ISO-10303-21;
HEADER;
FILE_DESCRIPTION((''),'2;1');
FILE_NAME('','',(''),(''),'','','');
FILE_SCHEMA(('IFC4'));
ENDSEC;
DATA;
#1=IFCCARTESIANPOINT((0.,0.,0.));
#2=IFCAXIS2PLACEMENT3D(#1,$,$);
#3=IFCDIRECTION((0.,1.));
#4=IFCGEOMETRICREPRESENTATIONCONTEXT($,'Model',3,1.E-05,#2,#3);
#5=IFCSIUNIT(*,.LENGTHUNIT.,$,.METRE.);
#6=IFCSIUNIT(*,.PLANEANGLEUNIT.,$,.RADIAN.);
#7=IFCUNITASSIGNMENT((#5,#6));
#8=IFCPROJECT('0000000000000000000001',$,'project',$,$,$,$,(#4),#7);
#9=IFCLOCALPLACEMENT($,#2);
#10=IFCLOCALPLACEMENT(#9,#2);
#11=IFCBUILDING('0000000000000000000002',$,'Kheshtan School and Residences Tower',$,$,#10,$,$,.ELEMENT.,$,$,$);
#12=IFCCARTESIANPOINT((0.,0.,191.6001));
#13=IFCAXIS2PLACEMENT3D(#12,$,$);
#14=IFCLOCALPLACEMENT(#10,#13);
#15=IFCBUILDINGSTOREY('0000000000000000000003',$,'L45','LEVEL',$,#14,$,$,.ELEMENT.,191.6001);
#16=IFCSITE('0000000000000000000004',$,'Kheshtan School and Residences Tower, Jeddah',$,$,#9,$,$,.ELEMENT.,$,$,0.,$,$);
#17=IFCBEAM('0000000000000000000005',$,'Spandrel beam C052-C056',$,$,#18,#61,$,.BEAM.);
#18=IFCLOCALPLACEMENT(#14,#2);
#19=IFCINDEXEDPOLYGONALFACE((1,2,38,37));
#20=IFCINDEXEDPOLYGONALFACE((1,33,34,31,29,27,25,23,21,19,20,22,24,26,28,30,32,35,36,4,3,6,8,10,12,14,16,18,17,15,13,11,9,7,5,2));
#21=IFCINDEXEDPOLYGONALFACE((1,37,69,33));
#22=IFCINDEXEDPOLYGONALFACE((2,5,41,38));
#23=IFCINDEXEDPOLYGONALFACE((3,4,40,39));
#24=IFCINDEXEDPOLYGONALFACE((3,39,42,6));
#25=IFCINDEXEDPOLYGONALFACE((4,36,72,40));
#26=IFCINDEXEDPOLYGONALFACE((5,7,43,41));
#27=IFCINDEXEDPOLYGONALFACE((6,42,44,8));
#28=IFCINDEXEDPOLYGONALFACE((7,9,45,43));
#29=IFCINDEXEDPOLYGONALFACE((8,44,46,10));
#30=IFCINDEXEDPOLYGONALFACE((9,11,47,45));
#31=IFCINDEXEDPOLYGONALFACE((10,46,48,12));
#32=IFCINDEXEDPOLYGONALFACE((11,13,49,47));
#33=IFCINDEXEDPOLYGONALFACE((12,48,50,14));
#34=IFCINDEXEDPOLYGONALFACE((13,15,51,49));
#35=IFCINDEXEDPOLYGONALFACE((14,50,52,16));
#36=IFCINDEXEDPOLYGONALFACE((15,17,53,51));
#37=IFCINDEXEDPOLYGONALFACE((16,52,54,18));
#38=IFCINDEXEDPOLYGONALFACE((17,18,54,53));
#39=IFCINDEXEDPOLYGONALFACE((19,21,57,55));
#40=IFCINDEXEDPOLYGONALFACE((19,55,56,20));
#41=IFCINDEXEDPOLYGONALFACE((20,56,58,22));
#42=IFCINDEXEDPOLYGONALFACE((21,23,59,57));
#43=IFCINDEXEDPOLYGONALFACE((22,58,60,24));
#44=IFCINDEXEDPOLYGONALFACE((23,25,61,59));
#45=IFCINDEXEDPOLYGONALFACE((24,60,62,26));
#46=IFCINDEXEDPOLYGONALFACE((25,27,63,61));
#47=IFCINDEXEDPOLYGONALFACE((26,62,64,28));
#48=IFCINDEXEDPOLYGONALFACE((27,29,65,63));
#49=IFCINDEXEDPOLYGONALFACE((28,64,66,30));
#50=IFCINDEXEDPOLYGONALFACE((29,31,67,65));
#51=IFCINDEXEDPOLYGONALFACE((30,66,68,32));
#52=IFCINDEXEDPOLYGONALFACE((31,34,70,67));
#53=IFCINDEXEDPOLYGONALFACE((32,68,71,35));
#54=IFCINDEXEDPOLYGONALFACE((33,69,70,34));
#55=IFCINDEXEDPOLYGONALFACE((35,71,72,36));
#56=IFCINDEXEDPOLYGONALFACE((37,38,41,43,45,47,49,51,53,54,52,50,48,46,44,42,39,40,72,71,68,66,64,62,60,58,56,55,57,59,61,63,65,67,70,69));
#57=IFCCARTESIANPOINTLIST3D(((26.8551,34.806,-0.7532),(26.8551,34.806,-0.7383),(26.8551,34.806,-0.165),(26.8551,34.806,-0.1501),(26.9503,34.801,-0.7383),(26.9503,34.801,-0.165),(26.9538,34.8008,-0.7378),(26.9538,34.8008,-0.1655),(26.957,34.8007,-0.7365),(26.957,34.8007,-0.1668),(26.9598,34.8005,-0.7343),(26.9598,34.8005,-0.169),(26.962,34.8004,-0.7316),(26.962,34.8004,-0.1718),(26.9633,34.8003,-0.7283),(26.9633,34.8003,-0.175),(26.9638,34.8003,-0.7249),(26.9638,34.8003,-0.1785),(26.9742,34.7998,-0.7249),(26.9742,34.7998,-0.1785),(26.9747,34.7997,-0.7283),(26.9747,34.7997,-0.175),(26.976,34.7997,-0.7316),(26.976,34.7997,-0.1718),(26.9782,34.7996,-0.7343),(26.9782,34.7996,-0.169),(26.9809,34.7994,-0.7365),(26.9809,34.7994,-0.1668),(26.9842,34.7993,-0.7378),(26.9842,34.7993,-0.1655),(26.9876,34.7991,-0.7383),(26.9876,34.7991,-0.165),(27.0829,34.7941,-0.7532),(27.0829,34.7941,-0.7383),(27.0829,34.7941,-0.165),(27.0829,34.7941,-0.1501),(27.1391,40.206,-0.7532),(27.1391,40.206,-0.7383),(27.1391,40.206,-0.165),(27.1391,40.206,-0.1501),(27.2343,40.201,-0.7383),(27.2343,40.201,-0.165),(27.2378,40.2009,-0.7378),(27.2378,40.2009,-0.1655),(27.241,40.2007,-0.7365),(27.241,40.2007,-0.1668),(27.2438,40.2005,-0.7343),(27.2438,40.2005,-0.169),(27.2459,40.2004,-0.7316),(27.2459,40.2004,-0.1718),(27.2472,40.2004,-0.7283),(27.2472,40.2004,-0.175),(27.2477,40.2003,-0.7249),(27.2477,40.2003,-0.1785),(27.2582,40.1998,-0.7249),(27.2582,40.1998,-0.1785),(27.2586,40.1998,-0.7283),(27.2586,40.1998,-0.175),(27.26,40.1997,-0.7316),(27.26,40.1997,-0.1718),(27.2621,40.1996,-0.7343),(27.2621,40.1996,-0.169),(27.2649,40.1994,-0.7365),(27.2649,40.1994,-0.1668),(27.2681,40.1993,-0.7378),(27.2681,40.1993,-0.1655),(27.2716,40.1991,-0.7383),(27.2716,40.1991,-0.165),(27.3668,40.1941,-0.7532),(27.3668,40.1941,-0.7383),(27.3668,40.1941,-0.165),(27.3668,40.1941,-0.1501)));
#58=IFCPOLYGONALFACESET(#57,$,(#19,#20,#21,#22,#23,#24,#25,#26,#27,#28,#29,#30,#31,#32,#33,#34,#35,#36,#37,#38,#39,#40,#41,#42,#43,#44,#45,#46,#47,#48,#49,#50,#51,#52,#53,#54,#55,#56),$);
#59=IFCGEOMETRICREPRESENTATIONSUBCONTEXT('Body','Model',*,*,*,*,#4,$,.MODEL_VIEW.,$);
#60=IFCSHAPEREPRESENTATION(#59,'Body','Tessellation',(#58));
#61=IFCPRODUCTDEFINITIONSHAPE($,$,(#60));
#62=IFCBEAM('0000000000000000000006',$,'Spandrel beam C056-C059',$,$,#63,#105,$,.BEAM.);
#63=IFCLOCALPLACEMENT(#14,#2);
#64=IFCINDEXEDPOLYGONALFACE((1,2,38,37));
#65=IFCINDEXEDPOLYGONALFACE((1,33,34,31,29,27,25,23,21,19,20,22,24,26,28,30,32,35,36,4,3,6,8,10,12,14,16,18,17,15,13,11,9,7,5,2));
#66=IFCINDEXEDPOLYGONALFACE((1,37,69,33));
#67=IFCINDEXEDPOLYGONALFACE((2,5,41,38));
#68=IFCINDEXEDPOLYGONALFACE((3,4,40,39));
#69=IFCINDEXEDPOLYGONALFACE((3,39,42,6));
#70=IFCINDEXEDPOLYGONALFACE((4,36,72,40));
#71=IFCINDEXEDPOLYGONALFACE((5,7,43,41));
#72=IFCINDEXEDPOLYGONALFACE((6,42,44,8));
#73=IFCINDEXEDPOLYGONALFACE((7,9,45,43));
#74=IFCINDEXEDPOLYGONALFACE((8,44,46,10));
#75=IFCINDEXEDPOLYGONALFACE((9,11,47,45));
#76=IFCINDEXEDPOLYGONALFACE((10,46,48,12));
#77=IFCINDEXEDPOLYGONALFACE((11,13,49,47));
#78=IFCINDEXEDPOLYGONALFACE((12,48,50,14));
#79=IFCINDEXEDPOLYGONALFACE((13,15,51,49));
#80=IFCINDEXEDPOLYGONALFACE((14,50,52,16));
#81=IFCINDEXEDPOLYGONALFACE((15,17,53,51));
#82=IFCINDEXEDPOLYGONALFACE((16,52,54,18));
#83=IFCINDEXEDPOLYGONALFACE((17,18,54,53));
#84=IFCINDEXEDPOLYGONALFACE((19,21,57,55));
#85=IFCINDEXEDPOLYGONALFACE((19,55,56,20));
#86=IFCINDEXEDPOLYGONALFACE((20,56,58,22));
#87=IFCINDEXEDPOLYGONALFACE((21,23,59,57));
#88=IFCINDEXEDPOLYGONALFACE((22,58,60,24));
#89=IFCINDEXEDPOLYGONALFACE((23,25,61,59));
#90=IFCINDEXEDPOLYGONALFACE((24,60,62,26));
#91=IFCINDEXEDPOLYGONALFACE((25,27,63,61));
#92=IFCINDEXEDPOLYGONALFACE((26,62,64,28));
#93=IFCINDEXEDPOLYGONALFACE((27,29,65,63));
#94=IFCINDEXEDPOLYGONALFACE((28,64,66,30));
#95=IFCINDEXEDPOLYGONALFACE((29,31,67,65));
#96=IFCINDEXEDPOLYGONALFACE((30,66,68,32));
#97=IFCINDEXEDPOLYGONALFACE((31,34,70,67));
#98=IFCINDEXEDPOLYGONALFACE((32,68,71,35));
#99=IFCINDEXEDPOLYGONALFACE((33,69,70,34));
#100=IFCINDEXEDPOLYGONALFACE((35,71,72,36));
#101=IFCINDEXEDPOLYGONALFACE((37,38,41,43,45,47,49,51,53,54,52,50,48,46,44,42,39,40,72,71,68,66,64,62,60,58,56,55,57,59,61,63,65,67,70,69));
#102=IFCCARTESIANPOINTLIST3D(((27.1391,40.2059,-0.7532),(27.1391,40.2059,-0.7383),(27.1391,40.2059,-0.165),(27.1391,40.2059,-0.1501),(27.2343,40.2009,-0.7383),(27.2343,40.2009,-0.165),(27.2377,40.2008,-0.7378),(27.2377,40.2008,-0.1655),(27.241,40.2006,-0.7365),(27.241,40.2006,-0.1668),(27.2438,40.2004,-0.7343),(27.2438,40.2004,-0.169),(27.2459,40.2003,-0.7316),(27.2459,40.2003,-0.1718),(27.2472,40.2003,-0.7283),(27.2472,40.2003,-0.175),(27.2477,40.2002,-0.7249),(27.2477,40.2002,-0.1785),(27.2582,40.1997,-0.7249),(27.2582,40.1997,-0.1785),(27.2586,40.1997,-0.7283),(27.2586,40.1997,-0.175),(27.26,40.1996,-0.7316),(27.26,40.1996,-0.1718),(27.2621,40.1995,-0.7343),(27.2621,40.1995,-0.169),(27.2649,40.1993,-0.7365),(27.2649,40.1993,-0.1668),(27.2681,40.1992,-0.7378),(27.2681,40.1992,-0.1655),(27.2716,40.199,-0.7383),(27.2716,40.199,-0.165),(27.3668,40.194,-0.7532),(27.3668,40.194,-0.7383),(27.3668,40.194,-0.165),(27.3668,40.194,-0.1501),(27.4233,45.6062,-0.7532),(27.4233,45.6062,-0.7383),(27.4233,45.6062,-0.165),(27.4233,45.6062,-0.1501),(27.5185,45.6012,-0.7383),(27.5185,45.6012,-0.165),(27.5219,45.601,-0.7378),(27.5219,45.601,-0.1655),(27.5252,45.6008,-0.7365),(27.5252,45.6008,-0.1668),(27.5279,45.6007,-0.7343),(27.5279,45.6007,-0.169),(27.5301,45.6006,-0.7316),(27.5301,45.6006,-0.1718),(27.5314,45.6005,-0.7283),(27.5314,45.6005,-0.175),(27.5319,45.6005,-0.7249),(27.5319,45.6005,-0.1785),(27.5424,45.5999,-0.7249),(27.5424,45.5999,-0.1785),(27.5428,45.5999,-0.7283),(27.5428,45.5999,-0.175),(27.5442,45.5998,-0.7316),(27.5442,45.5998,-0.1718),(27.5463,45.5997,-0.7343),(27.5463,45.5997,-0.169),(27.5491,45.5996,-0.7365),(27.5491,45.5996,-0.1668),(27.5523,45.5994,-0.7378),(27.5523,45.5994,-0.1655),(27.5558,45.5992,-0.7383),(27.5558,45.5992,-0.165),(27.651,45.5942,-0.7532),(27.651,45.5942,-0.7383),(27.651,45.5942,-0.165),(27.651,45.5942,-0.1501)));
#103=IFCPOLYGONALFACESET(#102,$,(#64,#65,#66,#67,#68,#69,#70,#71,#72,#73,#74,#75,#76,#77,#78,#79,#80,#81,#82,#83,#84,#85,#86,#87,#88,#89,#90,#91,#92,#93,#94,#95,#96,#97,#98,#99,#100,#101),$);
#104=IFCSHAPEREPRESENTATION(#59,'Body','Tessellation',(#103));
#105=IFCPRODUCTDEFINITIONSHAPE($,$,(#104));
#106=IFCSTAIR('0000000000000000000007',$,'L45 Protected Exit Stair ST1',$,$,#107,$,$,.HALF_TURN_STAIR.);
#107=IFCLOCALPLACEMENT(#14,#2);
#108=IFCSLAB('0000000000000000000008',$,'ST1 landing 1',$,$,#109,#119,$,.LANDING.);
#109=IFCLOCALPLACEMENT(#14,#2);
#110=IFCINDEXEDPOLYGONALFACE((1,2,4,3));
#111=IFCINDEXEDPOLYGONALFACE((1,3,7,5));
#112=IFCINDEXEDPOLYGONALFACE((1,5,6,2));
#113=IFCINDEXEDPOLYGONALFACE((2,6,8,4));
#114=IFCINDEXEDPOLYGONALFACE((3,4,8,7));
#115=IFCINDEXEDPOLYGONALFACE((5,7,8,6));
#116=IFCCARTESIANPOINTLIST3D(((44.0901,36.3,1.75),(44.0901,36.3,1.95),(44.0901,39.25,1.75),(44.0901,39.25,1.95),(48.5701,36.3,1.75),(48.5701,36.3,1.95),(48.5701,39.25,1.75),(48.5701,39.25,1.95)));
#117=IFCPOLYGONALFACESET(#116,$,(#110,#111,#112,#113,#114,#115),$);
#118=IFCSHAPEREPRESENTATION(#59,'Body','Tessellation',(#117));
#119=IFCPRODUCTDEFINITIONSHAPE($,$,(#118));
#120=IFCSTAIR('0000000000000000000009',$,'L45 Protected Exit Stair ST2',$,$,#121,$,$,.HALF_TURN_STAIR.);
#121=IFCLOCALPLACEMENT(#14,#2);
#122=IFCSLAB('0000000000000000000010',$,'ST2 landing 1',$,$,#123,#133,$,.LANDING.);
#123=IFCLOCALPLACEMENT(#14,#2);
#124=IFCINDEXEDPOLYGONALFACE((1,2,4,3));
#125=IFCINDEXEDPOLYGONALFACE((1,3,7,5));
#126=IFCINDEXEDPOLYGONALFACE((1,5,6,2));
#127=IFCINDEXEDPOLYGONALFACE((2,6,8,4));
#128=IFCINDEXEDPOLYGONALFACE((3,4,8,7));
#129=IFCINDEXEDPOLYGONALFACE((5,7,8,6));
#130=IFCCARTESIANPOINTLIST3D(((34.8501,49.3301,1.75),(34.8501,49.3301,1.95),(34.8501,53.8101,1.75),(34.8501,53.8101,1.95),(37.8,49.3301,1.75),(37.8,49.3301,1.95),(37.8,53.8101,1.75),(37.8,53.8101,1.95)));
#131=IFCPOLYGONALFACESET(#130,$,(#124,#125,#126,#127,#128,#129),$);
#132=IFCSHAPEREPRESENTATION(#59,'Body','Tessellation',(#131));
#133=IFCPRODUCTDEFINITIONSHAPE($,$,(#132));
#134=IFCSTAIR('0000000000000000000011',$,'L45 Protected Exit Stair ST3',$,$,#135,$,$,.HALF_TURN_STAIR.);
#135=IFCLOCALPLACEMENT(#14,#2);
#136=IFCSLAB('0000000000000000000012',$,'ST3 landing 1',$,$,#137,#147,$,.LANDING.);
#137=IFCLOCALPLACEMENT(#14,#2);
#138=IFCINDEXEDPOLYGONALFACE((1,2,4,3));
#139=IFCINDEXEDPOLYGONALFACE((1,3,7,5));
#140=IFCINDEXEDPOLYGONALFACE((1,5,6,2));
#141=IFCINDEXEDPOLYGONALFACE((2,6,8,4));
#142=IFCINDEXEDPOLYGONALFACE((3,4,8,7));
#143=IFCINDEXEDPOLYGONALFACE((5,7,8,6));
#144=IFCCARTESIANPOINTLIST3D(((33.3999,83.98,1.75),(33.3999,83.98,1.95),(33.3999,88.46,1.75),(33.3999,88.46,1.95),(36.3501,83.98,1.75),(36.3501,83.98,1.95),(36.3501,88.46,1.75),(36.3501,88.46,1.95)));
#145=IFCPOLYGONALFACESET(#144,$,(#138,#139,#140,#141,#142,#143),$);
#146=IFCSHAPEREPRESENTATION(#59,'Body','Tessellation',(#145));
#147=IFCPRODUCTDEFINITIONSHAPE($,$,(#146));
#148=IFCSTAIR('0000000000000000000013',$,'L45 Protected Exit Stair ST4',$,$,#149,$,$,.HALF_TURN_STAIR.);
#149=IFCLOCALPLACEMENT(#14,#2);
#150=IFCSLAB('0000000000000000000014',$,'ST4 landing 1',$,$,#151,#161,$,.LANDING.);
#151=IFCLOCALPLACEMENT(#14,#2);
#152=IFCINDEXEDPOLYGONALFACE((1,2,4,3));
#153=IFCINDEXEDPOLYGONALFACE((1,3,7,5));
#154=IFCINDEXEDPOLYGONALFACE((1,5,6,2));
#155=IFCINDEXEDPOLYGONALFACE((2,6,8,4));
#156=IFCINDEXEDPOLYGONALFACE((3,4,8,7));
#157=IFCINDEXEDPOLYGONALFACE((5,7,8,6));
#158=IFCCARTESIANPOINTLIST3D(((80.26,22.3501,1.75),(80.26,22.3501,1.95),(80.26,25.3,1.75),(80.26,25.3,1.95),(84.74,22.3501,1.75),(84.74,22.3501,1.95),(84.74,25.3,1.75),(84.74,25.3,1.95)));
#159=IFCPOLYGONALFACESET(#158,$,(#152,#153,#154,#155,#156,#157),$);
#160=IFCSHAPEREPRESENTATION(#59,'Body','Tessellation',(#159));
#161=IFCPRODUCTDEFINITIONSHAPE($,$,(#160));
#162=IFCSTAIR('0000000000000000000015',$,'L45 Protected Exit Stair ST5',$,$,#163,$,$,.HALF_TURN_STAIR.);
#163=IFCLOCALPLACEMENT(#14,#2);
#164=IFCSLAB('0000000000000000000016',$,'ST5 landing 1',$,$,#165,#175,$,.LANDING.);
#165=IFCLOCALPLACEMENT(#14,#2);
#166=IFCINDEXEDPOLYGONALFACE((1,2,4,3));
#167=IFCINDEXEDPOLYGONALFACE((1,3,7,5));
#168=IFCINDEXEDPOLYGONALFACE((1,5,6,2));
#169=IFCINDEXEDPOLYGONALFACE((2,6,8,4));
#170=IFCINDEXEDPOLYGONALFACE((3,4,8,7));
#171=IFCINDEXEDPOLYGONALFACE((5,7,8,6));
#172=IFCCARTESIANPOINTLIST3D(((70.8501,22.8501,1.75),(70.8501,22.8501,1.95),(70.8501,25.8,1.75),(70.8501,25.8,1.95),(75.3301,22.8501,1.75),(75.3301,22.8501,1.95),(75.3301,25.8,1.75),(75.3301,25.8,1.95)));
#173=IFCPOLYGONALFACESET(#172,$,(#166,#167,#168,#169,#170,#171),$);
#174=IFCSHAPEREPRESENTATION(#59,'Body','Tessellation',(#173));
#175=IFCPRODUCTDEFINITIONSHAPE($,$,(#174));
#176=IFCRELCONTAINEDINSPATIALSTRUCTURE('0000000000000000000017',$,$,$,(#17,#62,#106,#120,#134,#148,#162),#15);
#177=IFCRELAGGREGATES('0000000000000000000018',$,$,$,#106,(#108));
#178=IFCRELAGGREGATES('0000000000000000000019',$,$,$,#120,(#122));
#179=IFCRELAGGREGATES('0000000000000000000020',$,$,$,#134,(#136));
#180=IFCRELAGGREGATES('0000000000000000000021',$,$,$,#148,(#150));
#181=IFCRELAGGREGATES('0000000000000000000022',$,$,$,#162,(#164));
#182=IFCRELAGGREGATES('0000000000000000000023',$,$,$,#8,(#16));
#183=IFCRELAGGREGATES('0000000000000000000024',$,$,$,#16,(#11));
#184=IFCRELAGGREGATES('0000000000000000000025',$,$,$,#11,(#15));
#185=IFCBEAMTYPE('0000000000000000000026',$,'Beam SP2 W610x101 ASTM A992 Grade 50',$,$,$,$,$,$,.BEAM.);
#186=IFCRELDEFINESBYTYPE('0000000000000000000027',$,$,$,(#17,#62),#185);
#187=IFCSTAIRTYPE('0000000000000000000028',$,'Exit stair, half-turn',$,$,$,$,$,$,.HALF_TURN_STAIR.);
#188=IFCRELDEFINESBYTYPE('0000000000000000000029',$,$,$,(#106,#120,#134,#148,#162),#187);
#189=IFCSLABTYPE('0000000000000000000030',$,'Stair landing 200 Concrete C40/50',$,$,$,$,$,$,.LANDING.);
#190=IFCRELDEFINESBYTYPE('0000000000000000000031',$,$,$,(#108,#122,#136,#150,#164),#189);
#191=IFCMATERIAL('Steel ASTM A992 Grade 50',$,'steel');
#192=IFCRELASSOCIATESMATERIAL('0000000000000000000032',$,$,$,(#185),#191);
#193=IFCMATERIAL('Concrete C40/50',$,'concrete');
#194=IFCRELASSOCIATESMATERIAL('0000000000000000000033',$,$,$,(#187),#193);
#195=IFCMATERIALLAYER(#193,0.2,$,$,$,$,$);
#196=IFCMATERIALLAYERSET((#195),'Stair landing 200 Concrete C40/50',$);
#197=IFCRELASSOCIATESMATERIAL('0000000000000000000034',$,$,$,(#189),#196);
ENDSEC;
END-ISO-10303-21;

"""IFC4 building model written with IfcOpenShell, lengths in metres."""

from ifc_helpers import new_model, si_unit, direction, frame, origin, origin_2d, place, context, subcontext, project, spatial, polyline, i_section, outline, extrude, material, layer, layer_set, material_profile, profile_set, type_object, element, aggregate, save


model = new_model("IFC4")

# Units and contexts
model_context = context("Model", 3, precision=1e-05, world=origin(), true_north=direction((0.0, 1.0)))
body_context = subcontext(model_context, "Body", "Model", "MODEL_VIEW")
ifc_project = project(units=[si_unit("LENGTHUNIT", "METRE"), si_unit("PLANEANGLEUNIT", "RADIAN")], contexts=[model_context])

# Site, building, storey
site_placement = place(None, origin())
site = spatial("IfcSite", under=ifc_project, at=site_placement, Name="Kheshtan School and Residences Tower, Jeddah", CompositionType="ELEMENT", RefElevation=0.0)
building_placement = place(site_placement, origin())
building = spatial("IfcBuilding", under=site, at=building_placement, Name="Kheshtan School and Residences Tower", CompositionType="ELEMENT")
storey_placement = place(building_placement, frame((0.0, 0.0, 191.6001)))
storey = spatial("IfcBuildingStorey", under=building, at=storey_placement, Name="L45", Description="LEVEL", CompositionType="ELEMENT", Elevation=191.6001)

# Shared definitions
ifc_material_1 = material(Name="Steel ASTM A992 Grade 50", Category="steel")

# Beams
ifc_material_profile_1 = material_profile(ifc_material_1, i_section(OverallWidth=0.228, OverallDepth=0.603, WebThickness=0.0105, FlangeThickness=0.0149, FilletRadius=0.0134, at=origin_2d()), Name="W610x101")
ifc_profile_set_1 = profile_set([ifc_material_profile_1], Name="Steel ASTM A992 Grade 50")
beam_type_1 = type_object("IfcBeamType", Name="Beam SP2 W610x101 ASTM A992 Grade 50", PredefinedType="BEAM", material=ifc_profile_set_1)
beam_1_placement = place(storey_placement, frame((26.969, 34.8, -0.4517), z_axis=(0.052509, 0.99862, 0.0), x_axis=(-0.99862, 0.052509, 0.0)))
element("IfcBeam", 1, at=beam_1_placement, inside=storey, type_object=beam_type_1, Name="Spandrel beam C052-C056", PredefinedType="BEAM", context=body_context, shape_type="SweptSolid", body=[
    extrude(i_section(OverallWidth=0.228, OverallDepth=0.603, WebThickness=0.0105, FlangeThickness=0.0149, FilletRadius=0.0134, at=origin_2d()), origin(), (0.0, 0.0, 1.0), 5.4075),
])
beam_2_placement = place(storey_placement, frame((27.2529, 40.2, -0.4517), z_axis=(0.052552, 0.998618, 0.0), x_axis=(-0.998618, 0.052552, 0.0)))
element("IfcBeam", 2, at=beam_2_placement, inside=storey, type_object=beam_type_1, Name="Spandrel beam C056-C059", PredefinedType="BEAM", context=body_context, shape_type="SweptSolid", body=[
    extrude(i_section(OverallWidth=0.228, OverallDepth=0.603, WebThickness=0.0105, FlangeThickness=0.0149, FilletRadius=0.0134, at=origin_2d()), origin(), (0.0, 0.0, 1.0), 5.4077),
])

# Shared definitions
ifc_material_2 = material(Name="Concrete C40/50", Category="concrete")

# Stairs, slabs
stair_type = type_object("IfcStairType", Name="Exit stair, half-turn", PredefinedType="HALF_TURN_STAIR", material=ifc_material_2)
stair_1_placement = place(storey_placement, origin())
stair_1 = element("IfcStair", 3, at=stair_1_placement, inside=storey, type_object=stair_type, Name="L45 Protected Exit Stair ST1", PredefinedType="HALF_TURN_STAIR")
ifc_layer_1 = layer(ifc_material_2, 0.2)
ifc_layer_set_1 = layer_set([ifc_layer_1], Name="Stair landing 200 Concrete C40/50")
slab_type_1 = type_object("IfcSlabType", Name="Stair landing 200 Concrete C40/50", PredefinedType="LANDING", material=ifc_layer_set_1)
slab_1_placement = place(storey_placement, frame((0.0, 0.0, 1.75)))
slab_1 = element("IfcSlab", 4, at=slab_1_placement, type_object=slab_type_1, Name="ST1 landing 1", PredefinedType="LANDING", context=body_context, shape_type="SweptSolid", body=[
    extrude(outline(polyline([(48.5701, 39.25), (44.0901, 39.25), (44.0901, 36.3), (48.5701, 36.3), (48.5701, 39.25)])), origin(), (0.0, 0.0, 1.0), 0.2),
])
aggregate(stair_1, [slab_1])
stair_2_placement = place(storey_placement, origin())
stair_2 = element("IfcStair", 5, at=stair_2_placement, inside=storey, type_object=stair_type, Name="L45 Protected Exit Stair ST2", PredefinedType="HALF_TURN_STAIR")
slab_2_placement = place(storey_placement, frame((0.0, 0.0, 1.75)))
slab_2 = element("IfcSlab", 6, at=slab_2_placement, type_object=slab_type_1, Name="ST2 landing 1", PredefinedType="LANDING", context=body_context, shape_type="SweptSolid", body=[
    extrude(outline(polyline([(37.8, 49.3301), (37.8, 53.8101), (34.8501, 53.8101), (34.8501, 49.3301), (37.8, 49.3301)])), origin(), (0.0, 0.0, 1.0), 0.2),
])
aggregate(stair_2, [slab_2])
stair_3_placement = place(storey_placement, origin())
stair_3 = element("IfcStair", 7, at=stair_3_placement, inside=storey, type_object=stair_type, Name="L45 Protected Exit Stair ST3", PredefinedType="HALF_TURN_STAIR")
slab_3_placement = place(storey_placement, frame((0.0, 0.0, 1.75)))
slab_3 = element("IfcSlab", 8, at=slab_3_placement, type_object=slab_type_1, Name="ST3 landing 1", PredefinedType="LANDING", context=body_context, shape_type="SweptSolid", body=[
    extrude(outline(polyline([(36.3501, 83.98), (36.3501, 88.46), (33.3999, 88.46), (33.3999, 83.98), (36.3501, 83.98)])), origin(), (0.0, 0.0, 1.0), 0.2),
])
aggregate(stair_3, [slab_3])
stair_4_placement = place(storey_placement, origin())
stair_4 = element("IfcStair", 9, at=stair_4_placement, inside=storey, type_object=stair_type, Name="L45 Protected Exit Stair ST4", PredefinedType="HALF_TURN_STAIR")
slab_4_placement = place(storey_placement, frame((0.0, 0.0, 1.75)))
slab_4 = element("IfcSlab", 10, at=slab_4_placement, type_object=slab_type_1, Name="ST4 landing 1", PredefinedType="LANDING", context=body_context, shape_type="SweptSolid", body=[
    extrude(outline(polyline([(84.74, 25.3), (80.26, 25.3), (80.26, 22.3501), (84.74, 22.3501), (84.74, 25.3)])), origin(), (0.0, 0.0, 1.0), 0.2),
])
aggregate(stair_4, [slab_4])
stair_5_placement = place(storey_placement, origin())
stair_5 = element("IfcStair", 11, at=stair_5_placement, inside=storey, type_object=stair_type, Name="L45 Protected Exit Stair ST5", PredefinedType="HALF_TURN_STAIR")
slab_5_placement = place(storey_placement, frame((0.0, 0.0, 1.75)))
slab_5 = element("IfcSlab", 12, at=slab_5_placement, type_object=slab_type_1, Name="ST5 landing 1", PredefinedType="LANDING", context=body_context, shape_type="SweptSolid", body=[
    extrude(outline(polyline([(75.3301, 25.8), (70.8501, 25.8), (70.8501, 22.8501), (75.3301, 22.8501), (75.3301, 25.8)])), origin(), (0.0, 0.0, 1.0), 0.2),
])
aggregate(stair_5, [slab_5])

save(model, "model.ifc")
